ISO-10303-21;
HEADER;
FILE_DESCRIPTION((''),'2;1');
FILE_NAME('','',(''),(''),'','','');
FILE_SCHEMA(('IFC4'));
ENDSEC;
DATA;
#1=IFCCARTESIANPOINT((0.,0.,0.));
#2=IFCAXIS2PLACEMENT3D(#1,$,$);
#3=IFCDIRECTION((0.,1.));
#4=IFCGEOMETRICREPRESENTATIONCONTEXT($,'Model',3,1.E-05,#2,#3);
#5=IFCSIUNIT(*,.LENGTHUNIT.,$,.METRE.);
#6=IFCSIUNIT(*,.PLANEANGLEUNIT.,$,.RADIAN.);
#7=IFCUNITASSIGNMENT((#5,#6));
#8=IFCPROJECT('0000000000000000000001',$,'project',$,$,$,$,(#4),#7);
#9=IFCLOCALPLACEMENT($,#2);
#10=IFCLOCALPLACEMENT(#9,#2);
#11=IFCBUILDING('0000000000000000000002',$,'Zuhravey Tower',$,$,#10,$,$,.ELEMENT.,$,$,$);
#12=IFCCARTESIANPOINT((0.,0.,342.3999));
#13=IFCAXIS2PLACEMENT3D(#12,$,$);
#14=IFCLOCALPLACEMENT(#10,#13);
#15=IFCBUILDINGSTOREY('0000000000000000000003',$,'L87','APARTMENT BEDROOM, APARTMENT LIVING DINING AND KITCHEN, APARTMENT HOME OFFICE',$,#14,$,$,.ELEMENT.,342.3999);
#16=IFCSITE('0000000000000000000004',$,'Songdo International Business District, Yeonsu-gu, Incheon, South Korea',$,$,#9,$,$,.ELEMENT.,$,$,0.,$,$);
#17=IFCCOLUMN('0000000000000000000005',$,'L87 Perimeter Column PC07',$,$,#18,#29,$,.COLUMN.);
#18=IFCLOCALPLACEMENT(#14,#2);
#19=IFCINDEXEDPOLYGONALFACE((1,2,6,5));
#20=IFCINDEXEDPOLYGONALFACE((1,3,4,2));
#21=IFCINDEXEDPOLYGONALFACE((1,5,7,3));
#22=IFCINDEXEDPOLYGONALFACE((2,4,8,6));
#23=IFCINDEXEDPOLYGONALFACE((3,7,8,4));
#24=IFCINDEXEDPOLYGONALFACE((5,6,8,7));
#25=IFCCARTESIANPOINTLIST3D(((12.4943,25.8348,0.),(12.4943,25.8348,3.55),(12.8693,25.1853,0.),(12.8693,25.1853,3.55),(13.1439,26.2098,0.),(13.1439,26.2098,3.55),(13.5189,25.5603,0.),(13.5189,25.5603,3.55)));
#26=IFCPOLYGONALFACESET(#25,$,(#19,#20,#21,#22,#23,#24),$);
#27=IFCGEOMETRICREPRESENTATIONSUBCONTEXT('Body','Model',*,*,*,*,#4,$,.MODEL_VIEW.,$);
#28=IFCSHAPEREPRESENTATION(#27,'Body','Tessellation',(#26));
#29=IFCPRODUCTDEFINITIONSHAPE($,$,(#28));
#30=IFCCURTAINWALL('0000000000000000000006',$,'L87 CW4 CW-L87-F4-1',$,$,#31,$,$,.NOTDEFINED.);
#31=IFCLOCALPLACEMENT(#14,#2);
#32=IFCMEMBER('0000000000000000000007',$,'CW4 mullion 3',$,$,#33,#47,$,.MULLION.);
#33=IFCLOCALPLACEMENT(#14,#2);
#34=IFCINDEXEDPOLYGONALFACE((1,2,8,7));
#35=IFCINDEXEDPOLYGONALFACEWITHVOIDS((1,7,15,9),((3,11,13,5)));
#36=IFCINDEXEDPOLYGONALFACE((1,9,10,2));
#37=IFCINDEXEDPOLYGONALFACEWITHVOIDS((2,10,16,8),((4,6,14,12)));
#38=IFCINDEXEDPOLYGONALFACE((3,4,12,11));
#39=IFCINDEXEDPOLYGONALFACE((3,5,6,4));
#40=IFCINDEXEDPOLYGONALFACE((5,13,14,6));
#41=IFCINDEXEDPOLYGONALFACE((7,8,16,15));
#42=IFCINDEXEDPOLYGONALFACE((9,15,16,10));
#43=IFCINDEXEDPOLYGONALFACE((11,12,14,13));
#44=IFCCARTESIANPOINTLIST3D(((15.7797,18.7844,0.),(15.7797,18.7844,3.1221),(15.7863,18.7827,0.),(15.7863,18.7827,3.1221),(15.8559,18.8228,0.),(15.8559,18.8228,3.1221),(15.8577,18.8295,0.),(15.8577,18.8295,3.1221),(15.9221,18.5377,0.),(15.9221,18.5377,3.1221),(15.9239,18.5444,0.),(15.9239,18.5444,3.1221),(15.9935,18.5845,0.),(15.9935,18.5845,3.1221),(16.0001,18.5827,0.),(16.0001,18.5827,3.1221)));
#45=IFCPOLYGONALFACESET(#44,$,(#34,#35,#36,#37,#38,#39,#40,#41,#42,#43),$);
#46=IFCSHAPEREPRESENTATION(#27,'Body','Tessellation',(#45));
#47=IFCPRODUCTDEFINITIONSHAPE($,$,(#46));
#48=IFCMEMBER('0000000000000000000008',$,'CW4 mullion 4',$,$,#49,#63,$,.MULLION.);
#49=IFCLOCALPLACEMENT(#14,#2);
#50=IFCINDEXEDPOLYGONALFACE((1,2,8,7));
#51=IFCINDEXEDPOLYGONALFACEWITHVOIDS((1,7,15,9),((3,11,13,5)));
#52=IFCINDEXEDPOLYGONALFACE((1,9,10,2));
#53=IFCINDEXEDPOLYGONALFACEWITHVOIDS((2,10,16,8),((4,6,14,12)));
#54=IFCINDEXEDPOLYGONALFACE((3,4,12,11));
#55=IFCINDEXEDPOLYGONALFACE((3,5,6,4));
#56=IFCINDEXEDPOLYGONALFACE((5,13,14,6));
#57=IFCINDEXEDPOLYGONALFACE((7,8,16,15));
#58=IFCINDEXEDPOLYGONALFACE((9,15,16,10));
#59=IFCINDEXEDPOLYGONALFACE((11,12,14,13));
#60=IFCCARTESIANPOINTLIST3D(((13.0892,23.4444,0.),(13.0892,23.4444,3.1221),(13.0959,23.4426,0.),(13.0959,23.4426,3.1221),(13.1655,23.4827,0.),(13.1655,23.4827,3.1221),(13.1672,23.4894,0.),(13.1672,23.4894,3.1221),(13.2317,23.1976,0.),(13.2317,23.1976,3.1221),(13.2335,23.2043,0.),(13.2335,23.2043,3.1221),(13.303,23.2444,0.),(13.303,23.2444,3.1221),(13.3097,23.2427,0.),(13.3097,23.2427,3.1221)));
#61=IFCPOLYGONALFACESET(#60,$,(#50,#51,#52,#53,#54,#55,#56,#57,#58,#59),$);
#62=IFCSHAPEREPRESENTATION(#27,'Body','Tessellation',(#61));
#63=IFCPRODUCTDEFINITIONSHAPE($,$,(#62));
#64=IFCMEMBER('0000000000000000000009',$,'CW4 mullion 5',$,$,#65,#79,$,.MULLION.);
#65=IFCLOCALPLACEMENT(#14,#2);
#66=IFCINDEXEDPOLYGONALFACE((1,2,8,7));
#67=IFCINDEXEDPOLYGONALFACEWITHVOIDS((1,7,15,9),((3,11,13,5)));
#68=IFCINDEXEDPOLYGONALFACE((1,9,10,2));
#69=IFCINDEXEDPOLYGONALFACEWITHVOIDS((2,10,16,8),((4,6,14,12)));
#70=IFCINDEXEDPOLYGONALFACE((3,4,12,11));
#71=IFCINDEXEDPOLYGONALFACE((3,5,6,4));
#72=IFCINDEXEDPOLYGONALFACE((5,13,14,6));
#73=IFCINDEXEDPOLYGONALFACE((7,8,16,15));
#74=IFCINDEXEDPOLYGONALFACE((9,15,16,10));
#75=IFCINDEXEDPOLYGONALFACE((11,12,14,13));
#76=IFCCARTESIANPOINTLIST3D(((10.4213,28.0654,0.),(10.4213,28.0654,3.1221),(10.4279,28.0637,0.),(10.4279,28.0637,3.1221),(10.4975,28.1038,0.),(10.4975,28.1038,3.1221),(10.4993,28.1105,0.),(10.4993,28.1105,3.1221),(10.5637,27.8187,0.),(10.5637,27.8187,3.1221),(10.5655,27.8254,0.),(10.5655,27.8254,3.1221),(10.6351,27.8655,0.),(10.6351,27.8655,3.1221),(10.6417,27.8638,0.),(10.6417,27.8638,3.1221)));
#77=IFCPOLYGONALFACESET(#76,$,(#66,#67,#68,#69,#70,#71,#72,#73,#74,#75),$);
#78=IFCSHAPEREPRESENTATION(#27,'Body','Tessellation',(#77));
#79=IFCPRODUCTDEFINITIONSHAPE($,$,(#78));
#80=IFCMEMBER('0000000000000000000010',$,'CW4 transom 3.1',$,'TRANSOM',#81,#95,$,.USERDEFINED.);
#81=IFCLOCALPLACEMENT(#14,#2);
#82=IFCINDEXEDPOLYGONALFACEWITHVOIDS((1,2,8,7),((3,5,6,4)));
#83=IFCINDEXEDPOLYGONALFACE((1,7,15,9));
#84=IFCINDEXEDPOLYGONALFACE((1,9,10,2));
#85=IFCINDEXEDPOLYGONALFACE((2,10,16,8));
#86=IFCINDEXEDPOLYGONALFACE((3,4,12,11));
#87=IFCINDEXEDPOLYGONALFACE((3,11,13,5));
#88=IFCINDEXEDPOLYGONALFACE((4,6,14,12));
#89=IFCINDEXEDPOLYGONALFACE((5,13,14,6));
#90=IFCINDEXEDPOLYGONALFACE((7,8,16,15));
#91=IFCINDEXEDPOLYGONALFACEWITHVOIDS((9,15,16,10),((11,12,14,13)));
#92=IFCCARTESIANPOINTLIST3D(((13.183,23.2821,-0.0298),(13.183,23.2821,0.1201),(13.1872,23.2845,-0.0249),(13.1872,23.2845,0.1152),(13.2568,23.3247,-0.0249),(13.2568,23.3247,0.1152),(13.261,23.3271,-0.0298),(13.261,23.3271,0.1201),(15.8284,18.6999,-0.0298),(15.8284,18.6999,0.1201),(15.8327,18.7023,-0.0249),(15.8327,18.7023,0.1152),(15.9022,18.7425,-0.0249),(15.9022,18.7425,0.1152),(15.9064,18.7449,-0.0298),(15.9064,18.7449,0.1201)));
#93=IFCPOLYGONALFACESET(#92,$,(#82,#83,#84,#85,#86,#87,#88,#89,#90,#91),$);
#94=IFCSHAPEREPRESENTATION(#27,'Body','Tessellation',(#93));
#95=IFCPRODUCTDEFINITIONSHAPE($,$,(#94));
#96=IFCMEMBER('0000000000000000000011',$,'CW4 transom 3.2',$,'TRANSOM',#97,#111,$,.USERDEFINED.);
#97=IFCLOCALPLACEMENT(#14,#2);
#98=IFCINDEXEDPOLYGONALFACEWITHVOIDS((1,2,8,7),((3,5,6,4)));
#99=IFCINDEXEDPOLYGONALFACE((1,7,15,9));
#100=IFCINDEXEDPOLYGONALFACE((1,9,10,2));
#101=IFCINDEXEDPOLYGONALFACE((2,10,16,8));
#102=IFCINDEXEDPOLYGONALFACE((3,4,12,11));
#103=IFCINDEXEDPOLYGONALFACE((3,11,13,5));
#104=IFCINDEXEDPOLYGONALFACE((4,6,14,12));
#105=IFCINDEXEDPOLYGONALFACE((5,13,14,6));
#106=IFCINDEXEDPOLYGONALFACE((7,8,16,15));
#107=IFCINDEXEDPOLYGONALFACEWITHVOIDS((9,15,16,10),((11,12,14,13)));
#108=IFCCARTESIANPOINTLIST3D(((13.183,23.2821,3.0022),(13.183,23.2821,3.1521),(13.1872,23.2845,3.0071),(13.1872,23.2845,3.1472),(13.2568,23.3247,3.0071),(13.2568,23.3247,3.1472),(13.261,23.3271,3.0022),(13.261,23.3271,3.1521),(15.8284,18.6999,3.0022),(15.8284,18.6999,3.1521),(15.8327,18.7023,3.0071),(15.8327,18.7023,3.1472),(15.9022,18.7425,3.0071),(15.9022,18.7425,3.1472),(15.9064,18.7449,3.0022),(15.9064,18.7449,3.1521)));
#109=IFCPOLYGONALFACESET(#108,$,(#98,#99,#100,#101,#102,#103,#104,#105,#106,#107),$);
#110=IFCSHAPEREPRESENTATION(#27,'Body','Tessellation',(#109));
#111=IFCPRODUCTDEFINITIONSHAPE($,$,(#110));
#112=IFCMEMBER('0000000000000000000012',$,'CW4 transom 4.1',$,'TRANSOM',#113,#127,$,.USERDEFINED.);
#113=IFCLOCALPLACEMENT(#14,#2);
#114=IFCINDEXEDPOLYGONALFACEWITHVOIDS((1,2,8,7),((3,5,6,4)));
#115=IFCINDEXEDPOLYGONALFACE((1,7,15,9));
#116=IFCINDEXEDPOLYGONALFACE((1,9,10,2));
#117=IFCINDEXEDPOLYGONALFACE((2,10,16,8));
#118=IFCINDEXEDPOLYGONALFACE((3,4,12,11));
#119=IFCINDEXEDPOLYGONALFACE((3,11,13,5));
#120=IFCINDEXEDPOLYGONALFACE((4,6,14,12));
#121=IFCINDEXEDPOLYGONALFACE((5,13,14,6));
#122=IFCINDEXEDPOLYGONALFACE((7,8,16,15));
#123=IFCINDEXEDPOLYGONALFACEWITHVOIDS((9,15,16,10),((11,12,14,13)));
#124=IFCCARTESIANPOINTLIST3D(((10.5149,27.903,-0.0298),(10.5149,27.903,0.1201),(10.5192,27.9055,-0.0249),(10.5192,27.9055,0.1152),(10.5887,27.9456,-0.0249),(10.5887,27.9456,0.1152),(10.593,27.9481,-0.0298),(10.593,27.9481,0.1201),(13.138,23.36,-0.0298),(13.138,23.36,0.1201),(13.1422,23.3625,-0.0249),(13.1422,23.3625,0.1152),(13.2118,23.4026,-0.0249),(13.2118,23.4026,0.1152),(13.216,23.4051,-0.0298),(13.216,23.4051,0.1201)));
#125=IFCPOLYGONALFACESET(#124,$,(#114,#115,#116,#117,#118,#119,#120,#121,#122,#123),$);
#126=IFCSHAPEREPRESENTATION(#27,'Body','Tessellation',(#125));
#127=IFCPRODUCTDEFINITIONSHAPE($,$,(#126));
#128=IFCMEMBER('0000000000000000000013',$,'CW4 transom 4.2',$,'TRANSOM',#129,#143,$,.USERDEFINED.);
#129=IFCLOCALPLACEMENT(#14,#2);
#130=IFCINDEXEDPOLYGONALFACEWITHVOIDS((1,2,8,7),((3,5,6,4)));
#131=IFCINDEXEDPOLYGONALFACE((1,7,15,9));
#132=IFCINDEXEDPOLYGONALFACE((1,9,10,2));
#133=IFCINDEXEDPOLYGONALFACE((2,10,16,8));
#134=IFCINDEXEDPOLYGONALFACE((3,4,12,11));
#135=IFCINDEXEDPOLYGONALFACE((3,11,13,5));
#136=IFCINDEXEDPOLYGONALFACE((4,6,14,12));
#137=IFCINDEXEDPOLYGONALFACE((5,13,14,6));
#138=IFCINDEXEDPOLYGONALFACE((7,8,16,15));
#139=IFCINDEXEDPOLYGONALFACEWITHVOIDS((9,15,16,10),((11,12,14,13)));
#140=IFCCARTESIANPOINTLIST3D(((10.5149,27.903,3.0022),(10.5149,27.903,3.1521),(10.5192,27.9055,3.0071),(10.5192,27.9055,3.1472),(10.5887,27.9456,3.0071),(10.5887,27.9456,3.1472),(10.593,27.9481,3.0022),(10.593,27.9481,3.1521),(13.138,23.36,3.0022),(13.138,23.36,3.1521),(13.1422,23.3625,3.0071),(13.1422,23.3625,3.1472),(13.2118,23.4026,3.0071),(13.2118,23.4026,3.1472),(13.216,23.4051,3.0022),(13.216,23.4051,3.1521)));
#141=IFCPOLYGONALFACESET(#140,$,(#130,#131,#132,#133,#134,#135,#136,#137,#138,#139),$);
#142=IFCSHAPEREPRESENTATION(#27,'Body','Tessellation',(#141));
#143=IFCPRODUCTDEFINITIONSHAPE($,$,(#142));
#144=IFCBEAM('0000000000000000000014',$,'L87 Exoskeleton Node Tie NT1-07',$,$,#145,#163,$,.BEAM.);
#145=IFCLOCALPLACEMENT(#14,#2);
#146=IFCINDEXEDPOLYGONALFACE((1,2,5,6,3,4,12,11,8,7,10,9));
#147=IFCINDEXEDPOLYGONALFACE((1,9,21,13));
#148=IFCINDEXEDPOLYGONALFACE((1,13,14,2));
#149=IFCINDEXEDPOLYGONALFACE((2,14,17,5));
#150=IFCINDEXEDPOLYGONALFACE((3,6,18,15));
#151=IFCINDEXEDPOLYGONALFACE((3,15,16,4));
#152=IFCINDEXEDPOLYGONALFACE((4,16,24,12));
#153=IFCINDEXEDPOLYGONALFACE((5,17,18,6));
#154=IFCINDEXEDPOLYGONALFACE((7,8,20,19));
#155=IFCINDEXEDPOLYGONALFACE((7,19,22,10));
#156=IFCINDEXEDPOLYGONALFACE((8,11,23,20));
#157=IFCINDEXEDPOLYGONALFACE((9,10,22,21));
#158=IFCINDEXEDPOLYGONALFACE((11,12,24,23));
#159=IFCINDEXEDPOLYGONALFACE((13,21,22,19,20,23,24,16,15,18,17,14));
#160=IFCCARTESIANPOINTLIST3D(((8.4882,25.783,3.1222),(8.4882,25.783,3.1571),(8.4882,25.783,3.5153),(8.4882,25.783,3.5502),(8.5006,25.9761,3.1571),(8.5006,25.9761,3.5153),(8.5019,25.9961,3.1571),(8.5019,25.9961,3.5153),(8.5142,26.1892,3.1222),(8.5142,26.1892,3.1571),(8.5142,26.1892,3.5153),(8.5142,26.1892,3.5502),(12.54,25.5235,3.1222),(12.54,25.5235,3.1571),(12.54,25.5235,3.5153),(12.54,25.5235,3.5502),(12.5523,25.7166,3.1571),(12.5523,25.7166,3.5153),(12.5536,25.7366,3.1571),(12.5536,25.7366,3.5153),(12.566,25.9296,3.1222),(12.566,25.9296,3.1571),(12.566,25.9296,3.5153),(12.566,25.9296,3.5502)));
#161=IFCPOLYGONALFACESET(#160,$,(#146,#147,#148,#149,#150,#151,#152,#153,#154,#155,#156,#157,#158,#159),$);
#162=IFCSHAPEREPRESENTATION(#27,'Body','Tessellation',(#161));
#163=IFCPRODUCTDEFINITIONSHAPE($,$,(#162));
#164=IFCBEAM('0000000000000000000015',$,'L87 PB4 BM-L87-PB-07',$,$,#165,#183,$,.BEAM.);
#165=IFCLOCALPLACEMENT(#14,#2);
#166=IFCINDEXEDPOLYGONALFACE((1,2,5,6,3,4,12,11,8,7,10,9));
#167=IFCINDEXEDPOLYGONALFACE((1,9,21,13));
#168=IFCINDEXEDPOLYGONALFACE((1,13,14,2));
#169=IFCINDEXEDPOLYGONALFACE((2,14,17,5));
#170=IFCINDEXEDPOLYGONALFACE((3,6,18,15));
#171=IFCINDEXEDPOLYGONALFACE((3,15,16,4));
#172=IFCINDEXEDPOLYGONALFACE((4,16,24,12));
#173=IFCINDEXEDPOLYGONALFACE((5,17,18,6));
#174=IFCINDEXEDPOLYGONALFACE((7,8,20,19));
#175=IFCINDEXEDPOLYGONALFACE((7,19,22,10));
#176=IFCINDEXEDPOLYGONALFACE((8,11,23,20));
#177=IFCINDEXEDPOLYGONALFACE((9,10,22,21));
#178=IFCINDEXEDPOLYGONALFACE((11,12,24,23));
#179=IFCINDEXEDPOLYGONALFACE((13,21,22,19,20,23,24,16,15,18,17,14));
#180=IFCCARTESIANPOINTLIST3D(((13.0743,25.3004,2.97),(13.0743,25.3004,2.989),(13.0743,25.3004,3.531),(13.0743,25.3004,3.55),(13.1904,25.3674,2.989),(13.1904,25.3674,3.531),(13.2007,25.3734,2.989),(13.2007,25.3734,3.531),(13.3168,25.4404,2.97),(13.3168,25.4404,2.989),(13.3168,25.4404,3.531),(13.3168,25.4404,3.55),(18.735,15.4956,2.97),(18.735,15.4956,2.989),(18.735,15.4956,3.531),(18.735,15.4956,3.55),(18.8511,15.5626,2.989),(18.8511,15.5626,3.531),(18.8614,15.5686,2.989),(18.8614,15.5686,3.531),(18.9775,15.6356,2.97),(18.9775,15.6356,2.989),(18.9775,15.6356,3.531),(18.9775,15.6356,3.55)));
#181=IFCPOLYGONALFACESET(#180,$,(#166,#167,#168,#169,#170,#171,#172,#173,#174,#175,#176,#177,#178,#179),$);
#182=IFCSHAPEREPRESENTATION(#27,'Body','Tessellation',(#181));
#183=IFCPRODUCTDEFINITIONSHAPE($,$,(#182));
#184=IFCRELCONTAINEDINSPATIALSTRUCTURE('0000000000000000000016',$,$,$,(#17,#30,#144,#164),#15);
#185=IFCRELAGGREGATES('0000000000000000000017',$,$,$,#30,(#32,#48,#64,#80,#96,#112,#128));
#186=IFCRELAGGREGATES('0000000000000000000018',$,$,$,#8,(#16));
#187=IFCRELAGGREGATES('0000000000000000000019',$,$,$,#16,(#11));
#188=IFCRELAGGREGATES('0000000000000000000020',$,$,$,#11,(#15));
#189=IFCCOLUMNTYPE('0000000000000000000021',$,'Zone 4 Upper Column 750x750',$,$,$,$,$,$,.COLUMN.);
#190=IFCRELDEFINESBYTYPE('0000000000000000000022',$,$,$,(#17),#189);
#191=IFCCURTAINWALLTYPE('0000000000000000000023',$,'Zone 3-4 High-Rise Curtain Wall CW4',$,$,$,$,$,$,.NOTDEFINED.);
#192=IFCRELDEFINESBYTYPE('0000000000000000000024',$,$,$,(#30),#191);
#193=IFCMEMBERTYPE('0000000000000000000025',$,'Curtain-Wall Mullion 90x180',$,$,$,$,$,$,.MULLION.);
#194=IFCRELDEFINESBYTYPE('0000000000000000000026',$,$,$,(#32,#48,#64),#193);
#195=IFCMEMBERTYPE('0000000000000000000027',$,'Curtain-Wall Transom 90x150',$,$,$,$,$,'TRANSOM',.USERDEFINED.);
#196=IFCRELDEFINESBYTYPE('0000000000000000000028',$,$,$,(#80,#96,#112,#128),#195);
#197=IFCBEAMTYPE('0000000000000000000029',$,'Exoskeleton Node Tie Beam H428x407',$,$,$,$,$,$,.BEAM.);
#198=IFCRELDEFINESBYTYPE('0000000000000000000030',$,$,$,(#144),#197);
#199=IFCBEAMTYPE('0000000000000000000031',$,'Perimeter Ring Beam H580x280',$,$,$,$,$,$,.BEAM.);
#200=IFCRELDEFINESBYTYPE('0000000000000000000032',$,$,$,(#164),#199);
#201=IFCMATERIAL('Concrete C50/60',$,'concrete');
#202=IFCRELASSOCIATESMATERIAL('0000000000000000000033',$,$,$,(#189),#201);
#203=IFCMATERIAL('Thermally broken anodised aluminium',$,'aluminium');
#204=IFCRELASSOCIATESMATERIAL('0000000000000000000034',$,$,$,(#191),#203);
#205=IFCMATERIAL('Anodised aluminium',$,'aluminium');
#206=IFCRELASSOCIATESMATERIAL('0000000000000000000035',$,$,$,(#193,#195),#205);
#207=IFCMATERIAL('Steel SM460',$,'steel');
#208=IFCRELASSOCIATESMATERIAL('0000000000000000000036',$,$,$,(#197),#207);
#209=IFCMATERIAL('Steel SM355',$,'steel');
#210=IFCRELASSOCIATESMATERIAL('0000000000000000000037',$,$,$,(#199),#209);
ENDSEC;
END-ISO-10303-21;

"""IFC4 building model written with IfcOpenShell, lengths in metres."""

from ifc_helpers import new_model, si_unit, direction, frame, origin, origin_2d, place, context, subcontext, project, spatial, rectangle, hollow_rectangle, i_section, extrude, material, material_profile, profile_set, type_object, element, aggregate, save


model = new_model("IFC4")

# Units and contexts
model_context = context("Model", 3, precision=1e-05, world=origin(), true_north=direction((0.0, 1.0)))
body_context = subcontext(model_context, "Body", "Model", "MODEL_VIEW")
ifc_project = project(units=[si_unit("LENGTHUNIT", "METRE"), si_unit("PLANEANGLEUNIT", "RADIAN")], contexts=[model_context])

# Site, building, storey
site_placement = place(None, origin())
site = spatial("IfcSite", under=ifc_project, at=site_placement, Name="Songdo International Business District, Yeonsu-gu, Incheon, South Korea", CompositionType="ELEMENT", RefElevation=0.0)
building_placement = place(site_placement, origin())
building = spatial("IfcBuilding", under=site, at=building_placement, Name="Zuhravey Tower", CompositionType="ELEMENT")
storey_placement = place(building_placement, frame((0.0, 0.0, 342.3999)))
storey = spatial("IfcBuildingStorey", under=building, at=storey_placement, Name="L87", Description="APARTMENT BEDROOM, APARTMENT LIVING DINING AND KITCHEN, APARTMENT HOME OFFICE", CompositionType="ELEMENT", Elevation=342.3999)

# Column
ifc_material_1 = material(Name="Concrete C50/60", Category="concrete")
ifc_material_profile_1 = material_profile(ifc_material_1, rectangle(XDim=0.75, YDim=0.75, at=origin_2d()), Name="RC-750x750")
ifc_profile_set_1 = profile_set([ifc_material_profile_1], Name="Concrete C50/60")
column_type = type_object("IfcColumnType", Name="Zone 4 Upper Column 750x750", PredefinedType="COLUMN", material=ifc_profile_set_1)
column_placement = place(storey_placement, frame((13.0066, 25.6975, 0.0), z_axis=(0.0, 0.0, 1.0), x_axis=(0.5, -0.866025, 0.0)))
element("IfcColumn", 1, at=column_placement, inside=storey, type_object=column_type, Name="L87 Perimeter Column PC07", PredefinedType="COLUMN", context=body_context, shape_type="SweptSolid", body=[
    extrude(rectangle(XDim=0.75, YDim=0.75, at=origin_2d()), origin(), (0.0, 0.0, 1.0), 3.55),
])

# Curtain wall, members
ifc_material_2 = material(Name="Thermally broken anodised aluminium", Category="aluminium")
curtain_wall_type = type_object("IfcCurtainWallType", Name="Zone 3-4 High-Rise Curtain Wall CW4", PredefinedType="NOTDEFINED", material=ifc_material_2)
curtain_wall_placement = place(storey_placement, origin())
curtain_wall = element("IfcCurtainWall", 2, at=curtain_wall_placement, inside=storey, type_object=curtain_wall_type, Name="L87 CW4 CW-L87-F4-1", PredefinedType="NOTDEFINED")
ifc_material_3 = material(Name="Anodised aluminium", Category="aluminium")
ifc_material_profile_2 = material_profile(ifc_material_3, hollow_rectangle(XDim=0.0901, YDim=0.2849, WallThickness=0.0049, at=origin_2d()), Name="ALU-RHS-90x285x5")
ifc_profile_set_2 = profile_set([ifc_material_profile_2], Name="Anodised aluminium")
member_type_1 = type_object("IfcMemberType", Name="Curtain-Wall Mullion 90x180", PredefinedType="MULLION", material=ifc_profile_set_2)
member_1_placement = place(storey_placement, frame((15.8899, 18.6836, 0.0), z_axis=(0.0, 0.0, 1.0), x_axis=(-0.866026, -0.499999, 0.0)))
member_1 = element("IfcMember", 3, at=member_1_placement, type_object=member_type_1, Name="CW4 mullion 3", PredefinedType="MULLION", context=body_context, shape_type="SweptSolid", body=[
    extrude(hollow_rectangle(XDim=0.0901, YDim=0.2849, WallThickness=0.0049, at=origin_2d()), origin(), (0.0, 0.0, 1.0), 3.1221),
])
member_2_placement = place(storey_placement, frame((13.1995, 23.3435, 0.0), z_axis=(0.0, 0.0, 1.0), x_axis=(-0.866026, -0.499999, 0.0)))
member_2 = element("IfcMember", 4, at=member_2_placement, type_object=member_type_1, Name="CW4 mullion 4", PredefinedType="MULLION", context=body_context, shape_type="SweptSolid", body=[
    extrude(hollow_rectangle(XDim=0.0901, YDim=0.2849, WallThickness=0.0049, at=origin_2d()), origin(), (0.0, 0.0, 1.0), 3.1221),
])
member_3_placement = place(storey_placement, frame((10.5315, 27.9646, 0.0), z_axis=(0.0, 0.0, 1.0), x_axis=(-0.866026, -0.499999, 0.0)))
member_3 = element("IfcMember", 5, at=member_3_placement, type_object=member_type_1, Name="CW4 mullion 5", PredefinedType="MULLION", context=body_context, shape_type="SweptSolid", body=[
    extrude(hollow_rectangle(XDim=0.0901, YDim=0.2849, WallThickness=0.0049, at=origin_2d()), origin(), (0.0, 0.0, 1.0), 3.1221),
])
ifc_material_profile_3 = material_profile(ifc_material_3, hollow_rectangle(XDim=0.0901, YDim=0.1499, WallThickness=0.0049, at=origin_2d()), Name="ALU-RHS-90x150x5")
ifc_profile_set_3 = profile_set([ifc_material_profile_3], Name="Anodised aluminium")
member_type_2 = type_object("IfcMemberType", Name="Curtain-Wall Transom 90x150", ElementType="TRANSOM", PredefinedType="USERDEFINED", material=ifc_profile_set_3)
member_4_placement = place(storey_placement, frame((15.8674, 18.7224, 0.0452), z_axis=(-0.49999, 0.866031, 0.0), x_axis=(-0.866031, -0.49999, 0.0)))
member_4 = element("IfcMember", 6, at=member_4_placement, type_object=member_type_2, Name="CW4 transom 3.1", ObjectType="TRANSOM", PredefinedType="USERDEFINED", context=body_context, shape_type="SweptSolid", body=[
    extrude(hollow_rectangle(XDim=0.0901, YDim=0.1499, WallThickness=0.0049, at=origin_2d()), origin(), (0.0, 0.0, 1.0), 5.291),
])
member_5_placement = place(storey_placement, frame((15.8674, 18.7224, 3.0771), z_axis=(-0.49999, 0.866031, 0.0), x_axis=(-0.866031, -0.49999, 0.0)))
member_5 = element("IfcMember", 7, at=member_5_placement, type_object=member_type_2, Name="CW4 transom 3.2", ObjectType="TRANSOM", PredefinedType="USERDEFINED", context=body_context, shape_type="SweptSolid", body=[
    extrude(hollow_rectangle(XDim=0.0901, YDim=0.1499, WallThickness=0.0049, at=origin_2d()), origin(), (0.0, 0.0, 1.0), 5.291),
])
member_6_placement = place(storey_placement, frame((13.177, 23.3826, 0.0452), z_axis=(-0.500023, 0.866012, 0.0), x_axis=(-0.866012, -0.500023, 0.0)))
member_6 = element("IfcMember", 8, at=member_6_placement, type_object=member_type_2, Name="CW4 transom 4.1", ObjectType="TRANSOM", PredefinedType="USERDEFINED", context=body_context, shape_type="SweptSolid", body=[
    extrude(hollow_rectangle(XDim=0.0901, YDim=0.1499, WallThickness=0.0049, at=origin_2d()), origin(), (0.0, 0.0, 1.0), 5.2458),
])
member_7_placement = place(storey_placement, frame((13.177, 23.3826, 3.0771), z_axis=(-0.500023, 0.866012, 0.0), x_axis=(-0.866012, -0.500023, 0.0)))
member_7 = element("IfcMember", 9, at=member_7_placement, type_object=member_type_2, Name="CW4 transom 4.2", ObjectType="TRANSOM", PredefinedType="USERDEFINED", context=body_context, shape_type="SweptSolid", body=[
    extrude(hollow_rectangle(XDim=0.0901, YDim=0.1499, WallThickness=0.0049, at=origin_2d()), origin(), (0.0, 0.0, 1.0), 5.2458),
])

# Beams
ifc_material_4 = material(Name="Steel SM460", Category="steel")
ifc_material_profile_4 = material_profile(ifc_material_4, i_section(OverallWidth=0.407, OverallDepth=0.428, WebThickness=0.02, FlangeThickness=0.0349, at=origin_2d()), Name="H-428x407x20x35")
ifc_profile_set_4 = profile_set([ifc_material_profile_4], Name="Steel SM460")
beam_type_1 = type_object("IfcBeamType", Name="Exoskeleton Node Tie Beam H428x407", PredefinedType="BEAM", material=ifc_profile_set_4)
beam_1_placement = place(storey_placement, frame((12.553, 25.7266, 3.3362), z_axis=(-0.997955, 0.063921, 0.0), x_axis=(-0.063921, -0.997955, 0.0)))
element("IfcBeam", 10, at=beam_1_placement, inside=storey, type_object=beam_type_1, Name="L87 Exoskeleton Node Tie NT1-07", PredefinedType="BEAM", context=body_context, shape_type="SweptSolid", body=[
    extrude(i_section(OverallWidth=0.407, OverallDepth=0.428, WebThickness=0.02, FlangeThickness=0.0349, at=origin_2d()), origin(), (0.0, 0.0, 1.0), 4.0601),
])
ifc_material_5 = material(Name="Steel SM355", Category="steel")
ifc_material_profile_5 = material_profile(ifc_material_5, i_section(OverallWidth=0.28, OverallDepth=0.5801, WebThickness=0.012, FlangeThickness=0.019, at=origin_2d()), Name="H-580x280x12x19")
ifc_profile_set_5 = profile_set([ifc_material_profile_5], Name="Steel SM355")
beam_type_2 = type_object("IfcBeamType", Name="Perimeter Ring Beam H580x280", PredefinedType="BEAM", material=ifc_profile_set_5)
beam_2_placement = place(storey_placement, frame((13.1956, 25.3704, 3.26), z_axis=(0.499994, -0.866029, 0.0), x_axis=(0.866029, 0.499994, 0.0)))
element("IfcBeam", 11, at=beam_2_placement, inside=storey, type_object=beam_type_2, Name="L87 PB4 BM-L87-PB-07", PredefinedType="BEAM", context=body_context, shape_type="SweptSolid", body=[
    extrude(i_section(OverallWidth=0.28, OverallDepth=0.5801, WebThickness=0.012, FlangeThickness=0.019, at=origin_2d()), origin(), (0.0, 0.0, 1.0), 11.3215),
])

aggregate(curtain_wall, [member_1, member_2, member_3, member_4, member_5, member_6, member_7])

save(model, "model.ifc")
